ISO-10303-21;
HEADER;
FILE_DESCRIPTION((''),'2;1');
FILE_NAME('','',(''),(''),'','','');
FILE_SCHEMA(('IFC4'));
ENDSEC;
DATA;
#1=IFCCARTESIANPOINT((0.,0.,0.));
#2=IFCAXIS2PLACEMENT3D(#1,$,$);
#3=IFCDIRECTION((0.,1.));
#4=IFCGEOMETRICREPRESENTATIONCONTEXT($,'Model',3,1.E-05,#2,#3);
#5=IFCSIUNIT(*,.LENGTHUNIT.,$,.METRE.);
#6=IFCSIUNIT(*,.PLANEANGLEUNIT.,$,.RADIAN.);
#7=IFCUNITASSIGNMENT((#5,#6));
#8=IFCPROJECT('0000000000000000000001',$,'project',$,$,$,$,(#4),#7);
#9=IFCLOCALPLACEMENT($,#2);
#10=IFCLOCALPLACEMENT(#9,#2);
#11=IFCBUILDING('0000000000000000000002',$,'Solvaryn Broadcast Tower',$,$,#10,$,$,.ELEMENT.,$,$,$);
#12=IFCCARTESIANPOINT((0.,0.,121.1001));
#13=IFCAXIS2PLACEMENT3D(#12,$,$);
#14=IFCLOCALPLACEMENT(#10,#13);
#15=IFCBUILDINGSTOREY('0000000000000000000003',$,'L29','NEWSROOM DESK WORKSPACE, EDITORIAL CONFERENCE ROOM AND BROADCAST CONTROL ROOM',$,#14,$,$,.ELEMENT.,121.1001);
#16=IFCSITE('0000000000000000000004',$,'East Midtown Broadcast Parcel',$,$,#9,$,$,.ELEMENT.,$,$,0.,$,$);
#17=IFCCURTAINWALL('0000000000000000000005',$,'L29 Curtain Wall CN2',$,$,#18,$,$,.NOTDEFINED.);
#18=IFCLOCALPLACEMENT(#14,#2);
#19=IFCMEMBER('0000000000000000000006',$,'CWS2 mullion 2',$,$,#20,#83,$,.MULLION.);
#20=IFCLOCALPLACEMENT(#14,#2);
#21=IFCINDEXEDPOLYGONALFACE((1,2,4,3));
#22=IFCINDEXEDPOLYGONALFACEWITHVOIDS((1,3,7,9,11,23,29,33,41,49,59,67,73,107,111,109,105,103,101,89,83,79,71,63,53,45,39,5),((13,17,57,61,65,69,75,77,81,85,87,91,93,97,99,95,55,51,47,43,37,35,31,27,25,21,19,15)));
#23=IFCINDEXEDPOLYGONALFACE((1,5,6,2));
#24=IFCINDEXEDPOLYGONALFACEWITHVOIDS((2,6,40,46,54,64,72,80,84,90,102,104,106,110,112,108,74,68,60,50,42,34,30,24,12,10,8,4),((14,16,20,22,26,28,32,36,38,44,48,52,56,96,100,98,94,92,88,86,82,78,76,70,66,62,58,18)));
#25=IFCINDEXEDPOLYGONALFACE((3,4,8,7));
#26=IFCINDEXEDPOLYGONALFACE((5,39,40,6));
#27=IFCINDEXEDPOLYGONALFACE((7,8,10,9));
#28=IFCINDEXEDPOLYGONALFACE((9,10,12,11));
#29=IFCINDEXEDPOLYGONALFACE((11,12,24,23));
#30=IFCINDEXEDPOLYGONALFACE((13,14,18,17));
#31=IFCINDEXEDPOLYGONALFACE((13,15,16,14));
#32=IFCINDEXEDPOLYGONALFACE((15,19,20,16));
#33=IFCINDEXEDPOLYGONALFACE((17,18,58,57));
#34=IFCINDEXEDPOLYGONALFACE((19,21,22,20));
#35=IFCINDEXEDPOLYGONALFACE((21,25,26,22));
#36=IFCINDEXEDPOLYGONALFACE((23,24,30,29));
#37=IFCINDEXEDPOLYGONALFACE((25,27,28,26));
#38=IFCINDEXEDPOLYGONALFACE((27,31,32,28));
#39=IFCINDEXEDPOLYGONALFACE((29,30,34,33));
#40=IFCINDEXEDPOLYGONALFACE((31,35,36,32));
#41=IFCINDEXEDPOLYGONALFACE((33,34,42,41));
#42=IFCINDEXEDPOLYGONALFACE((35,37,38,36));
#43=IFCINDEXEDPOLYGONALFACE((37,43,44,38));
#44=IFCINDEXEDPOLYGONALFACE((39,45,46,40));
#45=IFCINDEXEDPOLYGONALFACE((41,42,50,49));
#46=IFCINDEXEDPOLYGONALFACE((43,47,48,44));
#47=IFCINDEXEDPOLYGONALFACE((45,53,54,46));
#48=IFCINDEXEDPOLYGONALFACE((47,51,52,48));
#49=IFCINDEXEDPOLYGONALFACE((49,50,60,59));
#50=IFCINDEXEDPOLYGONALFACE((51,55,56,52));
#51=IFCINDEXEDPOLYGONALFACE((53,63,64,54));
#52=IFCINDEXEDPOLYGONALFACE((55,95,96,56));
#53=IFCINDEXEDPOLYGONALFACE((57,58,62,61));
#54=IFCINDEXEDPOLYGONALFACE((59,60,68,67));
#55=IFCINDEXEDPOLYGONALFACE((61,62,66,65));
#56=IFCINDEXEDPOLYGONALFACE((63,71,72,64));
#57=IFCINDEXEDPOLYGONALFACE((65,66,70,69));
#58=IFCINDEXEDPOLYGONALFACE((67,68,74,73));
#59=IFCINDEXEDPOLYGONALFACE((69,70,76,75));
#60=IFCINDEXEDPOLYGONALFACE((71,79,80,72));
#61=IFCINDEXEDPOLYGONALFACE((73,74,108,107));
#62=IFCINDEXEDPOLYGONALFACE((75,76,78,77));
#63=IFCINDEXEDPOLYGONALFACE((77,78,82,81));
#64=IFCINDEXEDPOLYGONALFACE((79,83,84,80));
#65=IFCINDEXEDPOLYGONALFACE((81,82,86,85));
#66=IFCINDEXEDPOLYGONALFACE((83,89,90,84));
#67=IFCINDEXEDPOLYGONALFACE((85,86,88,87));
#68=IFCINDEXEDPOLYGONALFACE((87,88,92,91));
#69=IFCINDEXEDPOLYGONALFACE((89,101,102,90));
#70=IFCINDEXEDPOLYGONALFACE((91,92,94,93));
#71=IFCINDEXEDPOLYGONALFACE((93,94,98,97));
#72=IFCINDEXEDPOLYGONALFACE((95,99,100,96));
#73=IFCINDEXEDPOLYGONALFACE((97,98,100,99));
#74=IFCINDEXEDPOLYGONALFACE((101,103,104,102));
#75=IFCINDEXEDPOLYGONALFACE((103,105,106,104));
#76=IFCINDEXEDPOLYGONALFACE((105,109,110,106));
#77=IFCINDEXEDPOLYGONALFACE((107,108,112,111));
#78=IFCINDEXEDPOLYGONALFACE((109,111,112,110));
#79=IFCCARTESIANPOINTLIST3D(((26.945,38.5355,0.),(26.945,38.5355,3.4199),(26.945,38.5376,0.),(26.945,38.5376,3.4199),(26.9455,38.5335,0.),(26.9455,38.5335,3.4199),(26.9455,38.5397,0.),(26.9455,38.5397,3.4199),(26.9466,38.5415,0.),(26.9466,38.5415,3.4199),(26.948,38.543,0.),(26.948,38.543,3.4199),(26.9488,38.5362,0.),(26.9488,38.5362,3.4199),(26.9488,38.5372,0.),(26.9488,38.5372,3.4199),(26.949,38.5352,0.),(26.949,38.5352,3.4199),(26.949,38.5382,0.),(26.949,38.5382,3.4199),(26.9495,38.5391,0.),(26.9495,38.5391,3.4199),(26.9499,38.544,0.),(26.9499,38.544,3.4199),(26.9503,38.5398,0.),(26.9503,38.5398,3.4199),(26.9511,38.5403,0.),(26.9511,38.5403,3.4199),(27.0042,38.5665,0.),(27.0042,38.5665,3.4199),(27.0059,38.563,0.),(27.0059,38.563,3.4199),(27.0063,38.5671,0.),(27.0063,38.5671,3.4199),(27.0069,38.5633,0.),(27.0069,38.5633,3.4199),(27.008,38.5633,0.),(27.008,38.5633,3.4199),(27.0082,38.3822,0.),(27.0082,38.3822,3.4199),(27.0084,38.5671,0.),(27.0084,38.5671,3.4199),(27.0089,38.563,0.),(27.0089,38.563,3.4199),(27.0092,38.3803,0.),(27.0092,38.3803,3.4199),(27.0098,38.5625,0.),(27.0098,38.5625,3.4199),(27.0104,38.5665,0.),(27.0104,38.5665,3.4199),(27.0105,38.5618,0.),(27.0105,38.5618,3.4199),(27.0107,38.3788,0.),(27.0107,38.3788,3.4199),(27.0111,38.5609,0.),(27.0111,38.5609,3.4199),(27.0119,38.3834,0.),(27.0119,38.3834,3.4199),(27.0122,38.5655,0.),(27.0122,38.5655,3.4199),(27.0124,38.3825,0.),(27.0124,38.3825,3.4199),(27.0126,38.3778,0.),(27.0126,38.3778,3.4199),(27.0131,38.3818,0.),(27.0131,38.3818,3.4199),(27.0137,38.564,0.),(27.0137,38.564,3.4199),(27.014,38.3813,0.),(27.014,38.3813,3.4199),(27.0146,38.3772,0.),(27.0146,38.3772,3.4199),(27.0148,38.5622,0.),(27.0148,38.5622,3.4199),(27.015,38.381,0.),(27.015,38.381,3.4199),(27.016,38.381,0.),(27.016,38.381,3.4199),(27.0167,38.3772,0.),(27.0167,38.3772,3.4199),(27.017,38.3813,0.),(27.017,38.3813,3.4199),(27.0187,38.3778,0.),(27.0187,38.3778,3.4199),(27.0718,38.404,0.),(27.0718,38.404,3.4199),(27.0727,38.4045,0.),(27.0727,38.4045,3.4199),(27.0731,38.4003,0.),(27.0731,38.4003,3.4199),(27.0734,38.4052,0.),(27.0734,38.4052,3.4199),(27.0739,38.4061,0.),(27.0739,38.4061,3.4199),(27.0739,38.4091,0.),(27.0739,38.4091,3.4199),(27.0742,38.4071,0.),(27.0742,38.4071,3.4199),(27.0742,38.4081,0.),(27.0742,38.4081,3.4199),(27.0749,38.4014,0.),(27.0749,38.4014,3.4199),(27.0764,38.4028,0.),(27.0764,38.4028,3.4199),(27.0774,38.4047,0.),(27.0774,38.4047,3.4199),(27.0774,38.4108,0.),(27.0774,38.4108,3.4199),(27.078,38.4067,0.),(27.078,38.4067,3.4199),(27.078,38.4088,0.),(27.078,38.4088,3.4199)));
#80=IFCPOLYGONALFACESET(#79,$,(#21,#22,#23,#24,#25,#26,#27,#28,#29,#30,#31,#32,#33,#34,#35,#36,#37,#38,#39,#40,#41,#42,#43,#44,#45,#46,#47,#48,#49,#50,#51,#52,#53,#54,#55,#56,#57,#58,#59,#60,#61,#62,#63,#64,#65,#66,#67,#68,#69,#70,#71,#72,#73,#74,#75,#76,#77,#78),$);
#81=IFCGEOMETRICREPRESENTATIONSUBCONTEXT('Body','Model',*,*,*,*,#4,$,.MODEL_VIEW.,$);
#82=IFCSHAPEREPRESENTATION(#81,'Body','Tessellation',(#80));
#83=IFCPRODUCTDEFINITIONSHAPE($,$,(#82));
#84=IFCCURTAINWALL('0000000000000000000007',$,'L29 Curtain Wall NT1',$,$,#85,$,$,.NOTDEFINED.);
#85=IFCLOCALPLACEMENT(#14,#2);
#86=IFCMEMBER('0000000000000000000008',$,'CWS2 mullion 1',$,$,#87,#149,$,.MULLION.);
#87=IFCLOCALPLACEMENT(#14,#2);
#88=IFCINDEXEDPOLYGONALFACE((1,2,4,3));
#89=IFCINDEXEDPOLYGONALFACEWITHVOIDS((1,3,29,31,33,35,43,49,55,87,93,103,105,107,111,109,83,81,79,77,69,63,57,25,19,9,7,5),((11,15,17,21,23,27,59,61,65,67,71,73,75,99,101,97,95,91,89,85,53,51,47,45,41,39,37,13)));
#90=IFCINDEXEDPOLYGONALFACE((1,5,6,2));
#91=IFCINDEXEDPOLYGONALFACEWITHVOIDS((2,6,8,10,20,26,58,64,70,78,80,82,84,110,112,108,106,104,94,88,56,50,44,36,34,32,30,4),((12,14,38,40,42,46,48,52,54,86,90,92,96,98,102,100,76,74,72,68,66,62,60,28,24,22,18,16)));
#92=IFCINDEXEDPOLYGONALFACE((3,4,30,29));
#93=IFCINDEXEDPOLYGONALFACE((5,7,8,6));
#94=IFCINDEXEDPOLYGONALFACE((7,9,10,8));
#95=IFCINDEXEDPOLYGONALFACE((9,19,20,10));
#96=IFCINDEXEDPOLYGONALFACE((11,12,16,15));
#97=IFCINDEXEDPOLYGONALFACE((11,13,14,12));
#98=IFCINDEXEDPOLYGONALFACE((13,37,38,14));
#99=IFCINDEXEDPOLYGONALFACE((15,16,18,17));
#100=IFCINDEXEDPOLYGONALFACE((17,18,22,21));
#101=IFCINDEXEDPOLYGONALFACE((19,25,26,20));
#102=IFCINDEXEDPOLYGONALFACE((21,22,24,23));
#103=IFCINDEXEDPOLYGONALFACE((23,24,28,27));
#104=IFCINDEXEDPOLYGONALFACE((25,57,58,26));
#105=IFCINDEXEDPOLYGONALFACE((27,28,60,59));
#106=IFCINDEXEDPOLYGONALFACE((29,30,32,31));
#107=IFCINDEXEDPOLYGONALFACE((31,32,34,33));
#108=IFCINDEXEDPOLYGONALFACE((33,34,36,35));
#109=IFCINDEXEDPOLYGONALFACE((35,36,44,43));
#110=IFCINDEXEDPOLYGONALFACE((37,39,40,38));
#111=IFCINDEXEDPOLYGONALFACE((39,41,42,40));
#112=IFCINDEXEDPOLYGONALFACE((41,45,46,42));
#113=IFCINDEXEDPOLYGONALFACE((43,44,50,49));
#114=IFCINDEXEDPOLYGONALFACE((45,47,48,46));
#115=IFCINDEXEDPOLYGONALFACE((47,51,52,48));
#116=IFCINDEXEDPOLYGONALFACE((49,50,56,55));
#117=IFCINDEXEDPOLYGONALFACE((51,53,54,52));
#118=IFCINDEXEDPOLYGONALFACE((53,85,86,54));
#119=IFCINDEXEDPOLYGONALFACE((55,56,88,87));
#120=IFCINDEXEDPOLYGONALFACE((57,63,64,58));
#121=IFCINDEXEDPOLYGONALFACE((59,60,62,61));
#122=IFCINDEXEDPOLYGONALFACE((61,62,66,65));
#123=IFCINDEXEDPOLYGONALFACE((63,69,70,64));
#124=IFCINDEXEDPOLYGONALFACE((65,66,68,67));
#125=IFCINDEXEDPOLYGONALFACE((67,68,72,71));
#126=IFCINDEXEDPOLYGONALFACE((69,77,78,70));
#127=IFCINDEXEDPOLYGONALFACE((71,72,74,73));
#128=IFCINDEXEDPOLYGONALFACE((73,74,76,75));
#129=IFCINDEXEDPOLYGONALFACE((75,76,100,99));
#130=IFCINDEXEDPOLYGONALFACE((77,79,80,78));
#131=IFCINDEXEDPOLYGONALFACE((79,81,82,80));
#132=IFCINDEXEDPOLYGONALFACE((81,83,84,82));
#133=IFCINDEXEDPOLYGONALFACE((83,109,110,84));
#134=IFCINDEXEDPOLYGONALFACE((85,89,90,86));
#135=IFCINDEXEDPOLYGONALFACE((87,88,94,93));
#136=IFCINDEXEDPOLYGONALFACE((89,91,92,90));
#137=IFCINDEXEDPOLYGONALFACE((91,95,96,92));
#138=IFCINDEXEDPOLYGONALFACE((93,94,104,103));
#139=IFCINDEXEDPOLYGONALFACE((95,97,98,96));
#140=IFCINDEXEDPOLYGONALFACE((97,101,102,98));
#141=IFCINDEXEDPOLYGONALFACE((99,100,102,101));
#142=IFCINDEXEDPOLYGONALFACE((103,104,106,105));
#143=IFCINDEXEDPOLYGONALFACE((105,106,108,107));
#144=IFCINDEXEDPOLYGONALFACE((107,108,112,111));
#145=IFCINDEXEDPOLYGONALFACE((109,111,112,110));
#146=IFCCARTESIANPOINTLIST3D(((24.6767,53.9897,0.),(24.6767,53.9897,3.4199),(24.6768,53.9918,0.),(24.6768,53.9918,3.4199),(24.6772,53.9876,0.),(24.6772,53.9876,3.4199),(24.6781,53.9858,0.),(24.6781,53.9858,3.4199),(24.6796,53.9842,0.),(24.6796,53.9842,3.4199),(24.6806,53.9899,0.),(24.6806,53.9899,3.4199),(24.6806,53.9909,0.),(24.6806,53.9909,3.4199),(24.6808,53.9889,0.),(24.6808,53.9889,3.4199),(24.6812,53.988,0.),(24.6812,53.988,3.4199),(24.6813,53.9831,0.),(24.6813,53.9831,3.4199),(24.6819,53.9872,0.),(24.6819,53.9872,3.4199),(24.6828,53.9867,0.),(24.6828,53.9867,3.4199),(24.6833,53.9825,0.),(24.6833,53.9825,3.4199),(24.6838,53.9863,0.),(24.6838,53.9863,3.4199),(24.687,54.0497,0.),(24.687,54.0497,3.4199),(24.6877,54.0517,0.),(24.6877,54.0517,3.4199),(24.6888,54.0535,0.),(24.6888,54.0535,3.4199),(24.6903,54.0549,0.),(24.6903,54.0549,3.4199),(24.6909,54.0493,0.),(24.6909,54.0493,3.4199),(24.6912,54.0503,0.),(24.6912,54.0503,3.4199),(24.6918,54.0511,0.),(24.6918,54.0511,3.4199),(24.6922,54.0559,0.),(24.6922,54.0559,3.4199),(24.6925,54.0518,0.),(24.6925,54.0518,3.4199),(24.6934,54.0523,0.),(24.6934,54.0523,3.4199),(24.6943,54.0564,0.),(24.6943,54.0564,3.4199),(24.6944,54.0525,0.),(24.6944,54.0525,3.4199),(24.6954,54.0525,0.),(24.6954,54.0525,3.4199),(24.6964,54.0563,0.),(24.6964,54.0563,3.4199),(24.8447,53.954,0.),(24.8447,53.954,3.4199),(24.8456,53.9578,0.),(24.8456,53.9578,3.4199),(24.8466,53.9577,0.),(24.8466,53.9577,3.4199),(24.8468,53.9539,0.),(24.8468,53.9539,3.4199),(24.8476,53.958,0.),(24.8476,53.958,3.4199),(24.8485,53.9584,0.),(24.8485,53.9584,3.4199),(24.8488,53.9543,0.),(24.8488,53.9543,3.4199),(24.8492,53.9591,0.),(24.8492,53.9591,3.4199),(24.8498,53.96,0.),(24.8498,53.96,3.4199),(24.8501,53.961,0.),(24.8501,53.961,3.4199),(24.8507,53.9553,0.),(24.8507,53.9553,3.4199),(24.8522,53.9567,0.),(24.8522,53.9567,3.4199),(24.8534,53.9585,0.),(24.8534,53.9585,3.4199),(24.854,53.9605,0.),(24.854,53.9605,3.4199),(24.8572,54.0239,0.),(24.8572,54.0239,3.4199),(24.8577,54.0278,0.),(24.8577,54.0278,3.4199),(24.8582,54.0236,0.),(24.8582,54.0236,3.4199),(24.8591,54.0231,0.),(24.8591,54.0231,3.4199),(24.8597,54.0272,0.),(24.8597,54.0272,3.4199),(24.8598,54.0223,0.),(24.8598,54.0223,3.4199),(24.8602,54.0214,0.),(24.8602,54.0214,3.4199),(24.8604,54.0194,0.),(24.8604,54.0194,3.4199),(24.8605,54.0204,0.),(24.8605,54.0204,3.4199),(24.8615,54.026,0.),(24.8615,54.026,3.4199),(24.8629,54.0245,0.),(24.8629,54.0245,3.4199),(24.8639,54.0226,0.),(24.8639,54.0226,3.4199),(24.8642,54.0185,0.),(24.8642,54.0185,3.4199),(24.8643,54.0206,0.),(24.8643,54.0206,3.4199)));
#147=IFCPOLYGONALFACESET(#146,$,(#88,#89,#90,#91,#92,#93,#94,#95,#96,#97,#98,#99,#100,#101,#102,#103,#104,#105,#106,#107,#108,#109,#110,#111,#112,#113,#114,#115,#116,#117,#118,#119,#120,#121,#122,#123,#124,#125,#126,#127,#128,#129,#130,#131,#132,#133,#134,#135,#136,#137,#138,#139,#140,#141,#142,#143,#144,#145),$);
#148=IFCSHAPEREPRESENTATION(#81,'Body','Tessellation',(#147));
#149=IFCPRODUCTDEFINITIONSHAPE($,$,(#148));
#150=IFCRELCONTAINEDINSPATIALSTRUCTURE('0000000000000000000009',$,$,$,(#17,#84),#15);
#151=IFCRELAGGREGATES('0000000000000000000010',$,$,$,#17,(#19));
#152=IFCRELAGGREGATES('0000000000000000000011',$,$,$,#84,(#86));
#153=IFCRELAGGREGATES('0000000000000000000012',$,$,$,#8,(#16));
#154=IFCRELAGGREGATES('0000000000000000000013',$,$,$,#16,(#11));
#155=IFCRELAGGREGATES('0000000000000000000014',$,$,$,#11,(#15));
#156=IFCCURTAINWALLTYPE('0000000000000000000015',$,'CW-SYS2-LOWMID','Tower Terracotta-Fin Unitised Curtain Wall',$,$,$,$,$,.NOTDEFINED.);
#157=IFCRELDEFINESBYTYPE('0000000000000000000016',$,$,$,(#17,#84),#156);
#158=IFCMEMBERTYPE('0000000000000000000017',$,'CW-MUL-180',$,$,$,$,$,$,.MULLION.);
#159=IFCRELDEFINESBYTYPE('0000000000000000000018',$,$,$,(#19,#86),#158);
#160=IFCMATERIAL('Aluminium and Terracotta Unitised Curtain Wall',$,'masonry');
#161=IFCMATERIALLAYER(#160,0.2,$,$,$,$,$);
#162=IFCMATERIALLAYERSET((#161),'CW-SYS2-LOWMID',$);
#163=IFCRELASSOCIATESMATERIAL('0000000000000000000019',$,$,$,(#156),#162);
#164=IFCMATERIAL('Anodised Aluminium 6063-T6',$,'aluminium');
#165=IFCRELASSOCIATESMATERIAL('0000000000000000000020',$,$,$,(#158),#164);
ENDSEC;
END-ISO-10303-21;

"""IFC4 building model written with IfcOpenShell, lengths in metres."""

from ifc_helpers import new_model, si_unit, direction, frame, origin, origin_2d, place, context, subcontext, project, spatial, hollow_rectangle, extrude, material, layer, layer_set, material_profile, profile_set, type_object, element, aggregate, save


model = new_model("IFC4")

# Units and contexts
model_context = context("Model", 3, precision=1e-05, world=origin(), true_north=direction((0.0, 1.0)))
body_context = subcontext(model_context, "Body", "Model", "MODEL_VIEW")
ifc_project = project(units=[si_unit("LENGTHUNIT", "METRE"), si_unit("PLANEANGLEUNIT", "RADIAN")], contexts=[model_context])

# Site, building, storey
site_placement = place(None, origin())
site = spatial("IfcSite", under=ifc_project, at=site_placement, Name="East Midtown Broadcast Parcel", CompositionType="ELEMENT", RefElevation=0.0)
building_placement = place(site_placement, origin())
building = spatial("IfcBuilding", under=site, at=building_placement, Name="Solvaryn Broadcast Tower", CompositionType="ELEMENT")
storey_placement = place(building_placement, frame((0.0, 0.0, 121.1001)))
storey = spatial("IfcBuildingStorey", under=building, at=storey_placement, Name="L29", Description="NEWSROOM DESK WORKSPACE, EDITORIAL CONFERENCE ROOM AND BROADCAST CONTROL ROOM", CompositionType="ELEMENT", Elevation=121.1001)

# Shared definitions
ifc_material_1 = material(Name="Aluminium and Terracotta Unitised Curtain Wall", Category="masonry")
ifc_layer_1 = layer(ifc_material_1, 0.2)
ifc_layer_set_1 = layer_set([ifc_layer_1], Name="CW-SYS2-LOWMID")
curtain_wall_type = type_object("IfcCurtainWallType", Name="CW-SYS2-LOWMID", Description="Tower Terracotta-Fin Unitised Curtain Wall", PredefinedType="NOTDEFINED", material=ifc_layer_set_1)
ifc_material_2 = material(Name="Anodised Aluminium 6063-T6", Category="aluminium")
ifc_material_profile_1 = material_profile(ifc_material_2, hollow_rectangle(XDim=0.075, YDim=0.1799, WallThickness=0.0039, InnerFilletRadius=0.0039, OuterFilletRadius=0.0081, at=origin_2d()))
ifc_profile_set_1 = profile_set([ifc_material_profile_1], Name="Anodised Aluminium 6063-T6")
member_type_1 = type_object("IfcMemberType", Name="CW-MUL-180", PredefinedType="MULLION", material=ifc_profile_set_1)

# Curtain walls, members
curtain_wall_1_placement = place(storey_placement, origin())
curtain_wall_1 = element("IfcCurtainWall", 1, at=curtain_wall_1_placement, inside=storey, type_object=curtain_wall_type, Name="L29 Curtain Wall CN2", PredefinedType="NOTDEFINED")
member_1_placement = place(storey_placement, frame((27.0115, 38.4722, 0.0), z_axis=(0.0, 0.0, 1.0), x_axis=(-0.923895, -0.382646, 0.0)))
member_1 = element("IfcMember", 2, at=member_1_placement, type_object=member_type_1, Name="CWS2 mullion 2", PredefinedType="MULLION", context=body_context, shape_type="SweptSolid", body=[
    extrude(hollow_rectangle(XDim=0.075, YDim=0.1799, WallThickness=0.0039, InnerFilletRadius=0.0039, OuterFilletRadius=0.0081, at=origin_2d()), origin(), (0.0, 0.0, 1.0), 3.4199),
])
aggregate(curtain_wall_1, [member_1])
curtain_wall_2_placement = place(storey_placement, origin())
curtain_wall_2 = element("IfcCurtainWall", 3, at=curtain_wall_2_placement, inside=storey, type_object=curtain_wall_type, Name="L29 Curtain Wall NT1", PredefinedType="NOTDEFINED")
member_2_placement = place(storey_placement, frame((24.7705, 54.0051, 0.0), z_axis=(0.0, 0.0, 1.0), x_axis=(-0.173785, -0.984784, 0.0)))
member_2 = element("IfcMember", 4, at=member_2_placement, type_object=member_type_1, Name="CWS2 mullion 1", PredefinedType="MULLION", context=body_context, shape_type="SweptSolid", body=[
    extrude(hollow_rectangle(XDim=0.075, YDim=0.1799, WallThickness=0.0039, InnerFilletRadius=0.0039, OuterFilletRadius=0.0081, at=origin_2d()), origin(), (0.0, 0.0, 1.0), 3.4199),
])

aggregate(curtain_wall_2, [member_2])

save(model, "model.ifc")
